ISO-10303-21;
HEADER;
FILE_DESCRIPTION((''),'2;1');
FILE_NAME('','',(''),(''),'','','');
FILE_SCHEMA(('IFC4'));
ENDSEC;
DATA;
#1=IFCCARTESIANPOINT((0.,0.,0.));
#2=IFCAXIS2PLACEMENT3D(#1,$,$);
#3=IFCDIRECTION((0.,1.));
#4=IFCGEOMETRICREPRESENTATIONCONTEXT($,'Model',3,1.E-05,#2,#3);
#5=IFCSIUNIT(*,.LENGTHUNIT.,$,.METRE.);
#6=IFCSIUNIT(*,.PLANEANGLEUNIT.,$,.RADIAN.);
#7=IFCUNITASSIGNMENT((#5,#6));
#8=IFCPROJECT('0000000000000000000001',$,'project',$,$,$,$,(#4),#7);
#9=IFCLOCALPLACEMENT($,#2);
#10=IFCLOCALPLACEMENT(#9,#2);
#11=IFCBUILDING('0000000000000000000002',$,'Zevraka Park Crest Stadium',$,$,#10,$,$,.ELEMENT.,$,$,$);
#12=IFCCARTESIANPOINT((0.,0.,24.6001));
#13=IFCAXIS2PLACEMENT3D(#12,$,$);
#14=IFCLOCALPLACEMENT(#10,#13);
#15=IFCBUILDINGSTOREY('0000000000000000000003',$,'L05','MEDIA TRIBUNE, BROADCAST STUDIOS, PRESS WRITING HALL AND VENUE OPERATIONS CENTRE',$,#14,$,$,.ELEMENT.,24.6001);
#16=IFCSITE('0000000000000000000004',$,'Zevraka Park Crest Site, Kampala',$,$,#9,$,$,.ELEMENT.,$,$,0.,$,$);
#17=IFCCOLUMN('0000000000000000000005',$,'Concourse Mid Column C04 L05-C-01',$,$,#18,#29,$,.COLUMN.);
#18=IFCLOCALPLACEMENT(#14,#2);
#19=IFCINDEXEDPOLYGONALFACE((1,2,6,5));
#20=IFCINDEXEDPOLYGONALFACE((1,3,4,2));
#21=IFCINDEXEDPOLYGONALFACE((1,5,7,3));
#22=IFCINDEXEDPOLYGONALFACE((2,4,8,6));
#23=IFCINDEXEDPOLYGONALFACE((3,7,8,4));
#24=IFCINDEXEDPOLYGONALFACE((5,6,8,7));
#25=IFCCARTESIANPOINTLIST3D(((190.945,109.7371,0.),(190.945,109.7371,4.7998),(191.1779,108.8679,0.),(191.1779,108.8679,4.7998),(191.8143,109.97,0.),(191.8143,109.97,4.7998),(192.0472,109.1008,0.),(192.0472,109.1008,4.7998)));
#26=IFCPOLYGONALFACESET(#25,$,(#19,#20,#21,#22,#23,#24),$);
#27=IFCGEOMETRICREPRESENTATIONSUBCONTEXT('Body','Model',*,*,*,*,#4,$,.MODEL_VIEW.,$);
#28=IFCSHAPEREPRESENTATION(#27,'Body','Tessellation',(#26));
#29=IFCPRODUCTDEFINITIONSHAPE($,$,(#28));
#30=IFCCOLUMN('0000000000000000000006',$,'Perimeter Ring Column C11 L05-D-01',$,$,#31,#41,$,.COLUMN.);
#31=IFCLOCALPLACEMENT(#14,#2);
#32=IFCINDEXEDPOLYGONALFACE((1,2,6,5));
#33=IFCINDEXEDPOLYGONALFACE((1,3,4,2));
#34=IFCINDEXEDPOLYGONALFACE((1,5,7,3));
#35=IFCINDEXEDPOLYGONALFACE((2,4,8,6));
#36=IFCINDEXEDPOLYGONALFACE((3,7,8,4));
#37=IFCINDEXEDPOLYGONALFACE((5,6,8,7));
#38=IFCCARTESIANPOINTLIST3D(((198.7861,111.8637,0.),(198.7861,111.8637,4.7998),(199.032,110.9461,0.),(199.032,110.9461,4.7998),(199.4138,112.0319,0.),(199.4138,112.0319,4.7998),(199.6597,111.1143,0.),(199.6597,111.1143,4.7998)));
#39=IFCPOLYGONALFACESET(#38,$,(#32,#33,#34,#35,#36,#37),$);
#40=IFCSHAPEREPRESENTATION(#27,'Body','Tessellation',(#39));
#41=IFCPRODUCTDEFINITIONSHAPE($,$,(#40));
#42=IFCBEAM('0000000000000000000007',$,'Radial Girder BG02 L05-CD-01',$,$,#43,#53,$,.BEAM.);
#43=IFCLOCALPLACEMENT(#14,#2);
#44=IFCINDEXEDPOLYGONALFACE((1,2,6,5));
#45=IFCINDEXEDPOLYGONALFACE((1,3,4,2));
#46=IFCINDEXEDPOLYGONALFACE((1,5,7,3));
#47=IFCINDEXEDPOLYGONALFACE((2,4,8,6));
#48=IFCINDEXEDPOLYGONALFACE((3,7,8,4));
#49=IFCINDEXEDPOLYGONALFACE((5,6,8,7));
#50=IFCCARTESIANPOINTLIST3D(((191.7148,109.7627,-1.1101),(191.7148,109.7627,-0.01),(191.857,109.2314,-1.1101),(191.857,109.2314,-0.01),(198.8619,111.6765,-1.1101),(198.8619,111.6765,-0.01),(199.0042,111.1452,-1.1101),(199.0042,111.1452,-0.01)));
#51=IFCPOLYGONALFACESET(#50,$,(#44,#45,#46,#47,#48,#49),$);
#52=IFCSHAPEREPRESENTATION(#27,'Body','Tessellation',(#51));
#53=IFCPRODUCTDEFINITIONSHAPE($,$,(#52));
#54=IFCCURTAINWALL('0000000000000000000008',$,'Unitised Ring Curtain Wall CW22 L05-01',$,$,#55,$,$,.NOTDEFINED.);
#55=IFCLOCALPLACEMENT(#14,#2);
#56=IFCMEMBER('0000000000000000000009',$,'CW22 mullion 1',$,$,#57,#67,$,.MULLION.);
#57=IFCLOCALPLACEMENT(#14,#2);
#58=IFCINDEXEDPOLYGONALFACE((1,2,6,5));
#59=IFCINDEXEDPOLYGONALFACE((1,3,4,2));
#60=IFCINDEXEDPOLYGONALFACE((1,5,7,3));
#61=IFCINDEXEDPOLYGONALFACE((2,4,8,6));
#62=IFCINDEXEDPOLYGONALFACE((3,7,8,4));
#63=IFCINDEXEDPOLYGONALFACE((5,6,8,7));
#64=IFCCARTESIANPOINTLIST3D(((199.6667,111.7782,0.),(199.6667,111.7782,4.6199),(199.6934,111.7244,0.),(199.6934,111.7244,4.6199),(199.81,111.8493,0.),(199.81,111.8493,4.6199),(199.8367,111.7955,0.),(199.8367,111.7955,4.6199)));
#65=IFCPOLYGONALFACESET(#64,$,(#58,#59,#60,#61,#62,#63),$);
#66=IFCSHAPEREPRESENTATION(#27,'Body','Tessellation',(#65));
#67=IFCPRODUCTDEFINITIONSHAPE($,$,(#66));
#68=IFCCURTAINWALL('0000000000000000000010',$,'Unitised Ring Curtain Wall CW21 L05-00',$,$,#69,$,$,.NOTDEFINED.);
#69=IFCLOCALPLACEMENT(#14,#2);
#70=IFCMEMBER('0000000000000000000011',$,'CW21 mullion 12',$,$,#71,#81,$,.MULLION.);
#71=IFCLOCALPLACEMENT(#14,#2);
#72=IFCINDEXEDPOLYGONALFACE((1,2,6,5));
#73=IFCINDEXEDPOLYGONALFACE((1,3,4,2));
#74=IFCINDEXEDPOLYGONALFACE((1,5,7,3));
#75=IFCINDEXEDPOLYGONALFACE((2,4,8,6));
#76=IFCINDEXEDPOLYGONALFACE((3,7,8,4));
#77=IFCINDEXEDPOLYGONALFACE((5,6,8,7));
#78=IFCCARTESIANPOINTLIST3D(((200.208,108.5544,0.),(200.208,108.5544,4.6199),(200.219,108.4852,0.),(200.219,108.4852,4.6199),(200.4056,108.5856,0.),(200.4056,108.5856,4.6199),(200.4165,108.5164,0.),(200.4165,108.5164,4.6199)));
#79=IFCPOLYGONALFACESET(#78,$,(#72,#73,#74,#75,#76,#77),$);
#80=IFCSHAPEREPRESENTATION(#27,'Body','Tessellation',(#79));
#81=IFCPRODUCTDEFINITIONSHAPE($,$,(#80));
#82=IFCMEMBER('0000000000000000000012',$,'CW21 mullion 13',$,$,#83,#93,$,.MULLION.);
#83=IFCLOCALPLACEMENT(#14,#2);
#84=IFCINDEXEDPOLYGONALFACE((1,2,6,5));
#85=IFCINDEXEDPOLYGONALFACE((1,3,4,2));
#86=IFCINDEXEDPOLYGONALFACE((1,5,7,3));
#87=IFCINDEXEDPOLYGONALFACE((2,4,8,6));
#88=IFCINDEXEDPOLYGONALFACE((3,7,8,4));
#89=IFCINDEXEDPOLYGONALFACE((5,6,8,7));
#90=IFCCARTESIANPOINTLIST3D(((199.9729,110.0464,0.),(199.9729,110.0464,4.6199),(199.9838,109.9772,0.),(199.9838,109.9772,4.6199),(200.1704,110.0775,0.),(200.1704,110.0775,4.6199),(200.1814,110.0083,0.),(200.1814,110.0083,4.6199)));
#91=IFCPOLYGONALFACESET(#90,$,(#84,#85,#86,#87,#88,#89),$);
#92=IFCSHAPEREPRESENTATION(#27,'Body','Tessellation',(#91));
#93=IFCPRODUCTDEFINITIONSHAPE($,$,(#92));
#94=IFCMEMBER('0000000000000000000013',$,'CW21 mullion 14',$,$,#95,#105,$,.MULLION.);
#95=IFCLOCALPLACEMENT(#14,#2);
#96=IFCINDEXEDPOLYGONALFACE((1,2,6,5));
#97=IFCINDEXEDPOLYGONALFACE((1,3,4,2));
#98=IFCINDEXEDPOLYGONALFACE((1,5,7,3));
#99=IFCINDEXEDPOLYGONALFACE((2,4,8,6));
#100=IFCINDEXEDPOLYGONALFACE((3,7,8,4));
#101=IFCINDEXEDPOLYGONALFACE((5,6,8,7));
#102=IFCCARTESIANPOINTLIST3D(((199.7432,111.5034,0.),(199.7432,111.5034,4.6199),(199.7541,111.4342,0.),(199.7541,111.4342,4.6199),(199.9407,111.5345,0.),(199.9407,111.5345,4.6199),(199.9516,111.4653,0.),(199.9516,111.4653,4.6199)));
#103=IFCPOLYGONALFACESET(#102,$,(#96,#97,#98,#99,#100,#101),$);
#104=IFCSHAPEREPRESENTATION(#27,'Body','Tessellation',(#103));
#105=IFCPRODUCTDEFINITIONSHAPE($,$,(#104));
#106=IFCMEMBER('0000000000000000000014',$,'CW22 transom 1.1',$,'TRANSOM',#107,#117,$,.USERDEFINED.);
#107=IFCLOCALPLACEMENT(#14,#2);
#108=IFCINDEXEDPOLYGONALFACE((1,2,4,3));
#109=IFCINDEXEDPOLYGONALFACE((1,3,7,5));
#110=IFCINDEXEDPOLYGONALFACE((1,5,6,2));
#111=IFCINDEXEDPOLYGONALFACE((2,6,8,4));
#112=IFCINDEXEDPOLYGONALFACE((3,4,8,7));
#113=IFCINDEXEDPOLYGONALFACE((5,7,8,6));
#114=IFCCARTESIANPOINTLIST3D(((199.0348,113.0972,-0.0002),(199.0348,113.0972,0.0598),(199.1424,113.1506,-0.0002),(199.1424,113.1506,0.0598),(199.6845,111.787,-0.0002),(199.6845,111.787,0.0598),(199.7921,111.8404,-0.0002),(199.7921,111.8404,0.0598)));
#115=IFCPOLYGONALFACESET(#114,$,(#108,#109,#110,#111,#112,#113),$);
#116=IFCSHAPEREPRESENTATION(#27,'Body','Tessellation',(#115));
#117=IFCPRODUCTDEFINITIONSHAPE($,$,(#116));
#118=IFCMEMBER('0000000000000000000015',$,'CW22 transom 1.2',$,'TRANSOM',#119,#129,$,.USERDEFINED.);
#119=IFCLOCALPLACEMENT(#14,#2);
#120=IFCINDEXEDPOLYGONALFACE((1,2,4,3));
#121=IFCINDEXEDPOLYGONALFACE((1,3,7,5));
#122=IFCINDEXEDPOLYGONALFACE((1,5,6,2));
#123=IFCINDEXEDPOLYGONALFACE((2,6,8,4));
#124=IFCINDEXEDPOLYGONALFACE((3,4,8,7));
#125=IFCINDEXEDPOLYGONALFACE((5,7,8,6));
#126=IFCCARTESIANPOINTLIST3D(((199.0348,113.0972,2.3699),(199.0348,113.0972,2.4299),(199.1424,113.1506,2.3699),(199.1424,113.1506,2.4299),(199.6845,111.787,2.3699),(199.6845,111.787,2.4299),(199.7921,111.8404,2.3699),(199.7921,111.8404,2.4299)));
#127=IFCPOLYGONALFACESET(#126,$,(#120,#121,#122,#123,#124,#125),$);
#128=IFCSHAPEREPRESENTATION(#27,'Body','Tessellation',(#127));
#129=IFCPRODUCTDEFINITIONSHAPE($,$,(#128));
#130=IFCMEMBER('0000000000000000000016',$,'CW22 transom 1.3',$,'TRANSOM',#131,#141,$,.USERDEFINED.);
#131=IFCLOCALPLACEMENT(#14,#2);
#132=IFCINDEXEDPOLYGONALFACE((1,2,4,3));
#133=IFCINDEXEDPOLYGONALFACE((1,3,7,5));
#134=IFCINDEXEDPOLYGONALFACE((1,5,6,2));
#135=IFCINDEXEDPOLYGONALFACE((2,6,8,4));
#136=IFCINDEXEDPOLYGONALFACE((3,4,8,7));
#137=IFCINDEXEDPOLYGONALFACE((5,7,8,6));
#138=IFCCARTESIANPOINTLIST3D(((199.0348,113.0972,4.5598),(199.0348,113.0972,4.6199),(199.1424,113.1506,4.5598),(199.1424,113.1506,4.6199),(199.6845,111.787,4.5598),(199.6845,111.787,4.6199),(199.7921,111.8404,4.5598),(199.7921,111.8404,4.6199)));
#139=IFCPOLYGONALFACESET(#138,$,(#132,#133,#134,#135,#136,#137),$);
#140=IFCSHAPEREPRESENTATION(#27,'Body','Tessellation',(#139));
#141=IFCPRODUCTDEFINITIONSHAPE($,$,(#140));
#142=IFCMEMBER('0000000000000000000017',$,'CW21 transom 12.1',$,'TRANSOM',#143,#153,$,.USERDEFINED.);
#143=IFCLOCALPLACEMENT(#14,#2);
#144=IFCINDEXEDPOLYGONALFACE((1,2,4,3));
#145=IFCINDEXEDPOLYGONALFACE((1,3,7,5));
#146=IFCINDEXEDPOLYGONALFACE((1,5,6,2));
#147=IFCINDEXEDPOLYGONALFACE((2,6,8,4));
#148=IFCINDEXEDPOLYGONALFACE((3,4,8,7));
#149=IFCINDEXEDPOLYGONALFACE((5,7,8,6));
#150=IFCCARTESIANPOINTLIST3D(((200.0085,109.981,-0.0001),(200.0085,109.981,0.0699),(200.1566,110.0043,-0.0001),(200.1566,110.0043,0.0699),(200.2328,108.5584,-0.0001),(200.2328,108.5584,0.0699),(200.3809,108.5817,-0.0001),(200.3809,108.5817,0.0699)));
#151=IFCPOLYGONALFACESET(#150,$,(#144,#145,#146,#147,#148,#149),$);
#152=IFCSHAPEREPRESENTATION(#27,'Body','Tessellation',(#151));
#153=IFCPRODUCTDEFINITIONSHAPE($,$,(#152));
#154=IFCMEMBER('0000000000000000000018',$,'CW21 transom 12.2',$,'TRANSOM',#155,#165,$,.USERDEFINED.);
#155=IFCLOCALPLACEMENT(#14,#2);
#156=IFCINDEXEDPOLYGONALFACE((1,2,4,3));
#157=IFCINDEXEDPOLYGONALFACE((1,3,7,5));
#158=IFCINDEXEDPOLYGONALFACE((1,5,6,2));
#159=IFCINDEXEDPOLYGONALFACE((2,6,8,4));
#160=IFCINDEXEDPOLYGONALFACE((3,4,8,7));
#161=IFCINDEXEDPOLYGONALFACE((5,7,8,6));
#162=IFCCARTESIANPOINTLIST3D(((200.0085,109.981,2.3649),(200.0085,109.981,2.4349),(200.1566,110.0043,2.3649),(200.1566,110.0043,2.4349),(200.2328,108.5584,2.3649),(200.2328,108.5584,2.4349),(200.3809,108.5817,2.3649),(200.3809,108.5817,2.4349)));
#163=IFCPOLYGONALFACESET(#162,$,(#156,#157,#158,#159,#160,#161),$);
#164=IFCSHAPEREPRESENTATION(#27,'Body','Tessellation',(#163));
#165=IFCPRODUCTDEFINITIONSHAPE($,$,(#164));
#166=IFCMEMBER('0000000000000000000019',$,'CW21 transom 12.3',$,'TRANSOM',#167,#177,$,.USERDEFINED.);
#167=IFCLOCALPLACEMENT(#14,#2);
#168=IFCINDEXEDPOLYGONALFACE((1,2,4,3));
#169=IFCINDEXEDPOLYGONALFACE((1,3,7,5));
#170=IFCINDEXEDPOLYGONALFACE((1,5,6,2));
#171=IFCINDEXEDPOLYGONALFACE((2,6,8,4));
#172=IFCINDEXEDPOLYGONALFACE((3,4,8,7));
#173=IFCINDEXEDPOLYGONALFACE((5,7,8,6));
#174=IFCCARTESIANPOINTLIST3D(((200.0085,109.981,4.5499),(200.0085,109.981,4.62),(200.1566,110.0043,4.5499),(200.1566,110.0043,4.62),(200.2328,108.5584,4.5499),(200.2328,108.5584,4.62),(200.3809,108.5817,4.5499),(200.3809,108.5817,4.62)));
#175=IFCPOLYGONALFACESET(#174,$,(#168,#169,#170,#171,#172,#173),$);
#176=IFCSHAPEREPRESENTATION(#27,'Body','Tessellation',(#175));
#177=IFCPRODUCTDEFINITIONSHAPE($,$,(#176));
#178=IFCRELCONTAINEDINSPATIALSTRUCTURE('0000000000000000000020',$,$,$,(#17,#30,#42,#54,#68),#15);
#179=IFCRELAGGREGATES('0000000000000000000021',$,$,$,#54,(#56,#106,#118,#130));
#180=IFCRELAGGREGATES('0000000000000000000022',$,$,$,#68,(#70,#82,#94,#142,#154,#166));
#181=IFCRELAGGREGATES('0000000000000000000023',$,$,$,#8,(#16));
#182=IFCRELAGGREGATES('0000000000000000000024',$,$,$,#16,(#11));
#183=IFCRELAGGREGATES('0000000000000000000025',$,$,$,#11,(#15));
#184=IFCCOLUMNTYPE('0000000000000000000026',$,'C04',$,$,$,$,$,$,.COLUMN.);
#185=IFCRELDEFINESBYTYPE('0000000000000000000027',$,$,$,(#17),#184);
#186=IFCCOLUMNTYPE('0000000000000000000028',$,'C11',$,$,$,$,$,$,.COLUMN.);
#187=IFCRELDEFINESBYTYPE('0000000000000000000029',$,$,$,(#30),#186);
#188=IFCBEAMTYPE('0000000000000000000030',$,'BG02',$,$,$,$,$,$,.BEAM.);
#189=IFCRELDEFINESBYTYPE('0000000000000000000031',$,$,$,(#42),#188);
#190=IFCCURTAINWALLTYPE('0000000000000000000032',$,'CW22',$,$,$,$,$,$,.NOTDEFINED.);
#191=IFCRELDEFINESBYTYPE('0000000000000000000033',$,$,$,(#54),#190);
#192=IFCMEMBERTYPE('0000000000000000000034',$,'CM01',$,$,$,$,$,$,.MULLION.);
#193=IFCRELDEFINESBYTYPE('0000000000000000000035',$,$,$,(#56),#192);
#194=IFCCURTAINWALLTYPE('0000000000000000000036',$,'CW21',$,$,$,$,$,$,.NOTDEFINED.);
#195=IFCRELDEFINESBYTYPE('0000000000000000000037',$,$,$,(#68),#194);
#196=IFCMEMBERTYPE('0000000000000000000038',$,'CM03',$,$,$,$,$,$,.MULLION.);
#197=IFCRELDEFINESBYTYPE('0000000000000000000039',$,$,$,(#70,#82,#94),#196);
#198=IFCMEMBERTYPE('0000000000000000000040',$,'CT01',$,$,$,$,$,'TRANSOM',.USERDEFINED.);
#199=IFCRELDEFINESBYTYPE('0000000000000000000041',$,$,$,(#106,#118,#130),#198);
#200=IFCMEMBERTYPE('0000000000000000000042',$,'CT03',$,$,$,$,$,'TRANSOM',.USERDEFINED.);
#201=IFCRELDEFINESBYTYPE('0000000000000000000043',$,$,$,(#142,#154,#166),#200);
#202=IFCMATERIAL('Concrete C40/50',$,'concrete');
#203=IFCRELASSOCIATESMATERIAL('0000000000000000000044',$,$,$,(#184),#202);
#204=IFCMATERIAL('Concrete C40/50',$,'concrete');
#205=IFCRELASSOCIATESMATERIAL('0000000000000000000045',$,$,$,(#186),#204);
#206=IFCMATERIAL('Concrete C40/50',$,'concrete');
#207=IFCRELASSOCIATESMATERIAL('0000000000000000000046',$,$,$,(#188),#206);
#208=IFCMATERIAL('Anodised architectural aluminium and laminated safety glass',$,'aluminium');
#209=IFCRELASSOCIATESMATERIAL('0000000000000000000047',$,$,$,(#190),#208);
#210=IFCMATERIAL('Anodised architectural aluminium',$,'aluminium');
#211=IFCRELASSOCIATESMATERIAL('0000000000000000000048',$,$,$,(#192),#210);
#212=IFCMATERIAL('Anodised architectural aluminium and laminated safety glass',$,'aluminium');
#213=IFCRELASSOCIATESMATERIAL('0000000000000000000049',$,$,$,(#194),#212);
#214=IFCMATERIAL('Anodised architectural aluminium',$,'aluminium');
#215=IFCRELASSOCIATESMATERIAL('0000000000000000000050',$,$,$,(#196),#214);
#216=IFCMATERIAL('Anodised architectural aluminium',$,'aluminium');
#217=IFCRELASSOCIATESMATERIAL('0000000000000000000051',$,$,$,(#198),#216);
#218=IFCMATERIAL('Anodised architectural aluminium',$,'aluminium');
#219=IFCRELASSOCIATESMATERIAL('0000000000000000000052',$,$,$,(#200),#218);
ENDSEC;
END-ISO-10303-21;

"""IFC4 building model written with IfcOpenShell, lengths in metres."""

from ifc_helpers import new_model, si_unit, direction, frame, origin, origin_2d, place, context, subcontext, project, spatial, rectangle, extrude, material, material_profile, profile_set, type_object, element, aggregate, save


model = new_model("IFC4")

# Units and contexts
model_context = context("Model", 3, precision=1e-05, world=origin(), true_north=direction((0.0, 1.0)))
body_context = subcontext(model_context, "Body", "Model", "MODEL_VIEW")
ifc_project = project(units=[si_unit("LENGTHUNIT", "METRE"), si_unit("PLANEANGLEUNIT", "RADIAN")], contexts=[model_context])

# Site, building, storey
site_placement = place(None, origin())
site = spatial("IfcSite", under=ifc_project, at=site_placement, Name="Zevraka Park Crest Site, Kampala", CompositionType="ELEMENT", RefElevation=0.0)
building_placement = place(site_placement, origin())
building = spatial("IfcBuilding", under=site, at=building_placement, Name="Zevraka Park Crest Stadium", CompositionType="ELEMENT")
storey_placement = place(building_placement, frame((0.0, 0.0, 24.6001)))
storey = spatial("IfcBuildingStorey", under=building, at=storey_placement, Name="L05", Description="MEDIA TRIBUNE, BROADCAST STUDIOS, PRESS WRITING HALL AND VENUE OPERATIONS CENTRE", CompositionType="ELEMENT", Elevation=24.6001)

# Columns
ifc_material_1 = material(Name="Concrete C40/50", Category="concrete")
ifc_material_profile_1 = material_profile(ifc_material_1, rectangle(XDim=0.8999, YDim=0.8999, at=origin_2d()), Name="RC 900x900")
ifc_profile_set_1 = profile_set([ifc_material_profile_1], Name="Concrete C40/50")
column_type_1 = type_object("IfcColumnType", Name="C04", PredefinedType="COLUMN", material=ifc_profile_set_1)
column_1_placement = place(storey_placement, frame((191.4961, 109.4189, 0.0), z_axis=(0.0, 0.0, 1.0), x_axis=(0.965926, 0.258819, 0.0)))
element("IfcColumn", 1, at=column_1_placement, inside=storey, type_object=column_type_1, Name="Concourse Mid Column C04 L05-C-01", PredefinedType="COLUMN", context=body_context, shape_type="SweptSolid", body=[
    extrude(rectangle(XDim=0.8999, YDim=0.8999, at=origin_2d()), origin(), (0.0, 0.0, 1.0), 4.7998),
])
ifc_material_2 = material(Name="Concrete C40/50", Category="concrete")
ifc_material_profile_2 = material_profile(ifc_material_2, rectangle(XDim=0.6499, YDim=0.95, at=origin_2d()), Name="RC 950x650")
ifc_profile_set_2 = profile_set([ifc_material_profile_2], Name="Concrete C40/50")
column_type_2 = type_object("IfcColumnType", Name="C11", PredefinedType="COLUMN", material=ifc_profile_set_2)
column_2_placement = place(storey_placement, frame((199.2229, 111.489, 0.0), z_axis=(0.0, 0.0, 1.0), x_axis=(0.965926, 0.258819, 0.0)))
element("IfcColumn", 2, at=column_2_placement, inside=storey, type_object=column_type_2, Name="Perimeter Ring Column C11 L05-D-01", PredefinedType="COLUMN", context=body_context, shape_type="SweptSolid", body=[
    extrude(rectangle(XDim=0.6499, YDim=0.95, at=origin_2d()), origin(), (0.0, 0.0, 1.0), 4.7998),
])

# Beam
ifc_material_3 = material(Name="Concrete C40/50", Category="concrete")
ifc_material_profile_3 = material_profile(ifc_material_3, rectangle(XDim=0.55, YDim=1.1001, at=origin_2d()), Name="RC 1100x550")
ifc_profile_set_3 = profile_set([ifc_material_profile_3], Name="Concrete C40/50")
beam_type_1 = type_object("IfcBeamType", Name="BG02", PredefinedType="BEAM", material=ifc_profile_set_3)
beam_1_placement = place(storey_placement, frame((191.7859, 109.4971, -0.5601), z_axis=(0.965969, 0.258659, 0.0), x_axis=(-0.258659, 0.965969, 0.0)))
element("IfcBeam", 3, at=beam_1_placement, inside=storey, type_object=beam_type_1, Name="Radial Girder BG02 L05-CD-01", PredefinedType="BEAM", context=body_context, shape_type="SweptSolid", body=[
    extrude(rectangle(XDim=0.55, YDim=1.1001, at=origin_2d()), origin(), (0.0, 0.0, 1.0), 7.3989),
])

# Curtain wall, member
ifc_material_4 = material(Name="Anodised architectural aluminium and laminated safety glass", Category="aluminium")
curtain_wall_type_1 = type_object("IfcCurtainWallType", Name="CW22", PredefinedType="NOTDEFINED", material=ifc_material_4)
curtain_wall_1_placement = place(storey_placement, origin())
curtain_wall_1 = element("IfcCurtainWall", 4, at=curtain_wall_1_placement, inside=storey, type_object=curtain_wall_type_1, Name="Unitised Ring Curtain Wall CW22 L05-01", PredefinedType="NOTDEFINED")
ifc_material_5 = material(Name="Anodised architectural aluminium", Category="aluminium")
ifc_material_profile_4 = material_profile(ifc_material_5, rectangle(XDim=0.1599, YDim=0.0601, at=origin_2d()), Name="ALU MULLION 160x60")
ifc_profile_set_4 = profile_set([ifc_material_profile_4], Name="Anodised architectural aluminium")
member_type_1 = type_object("IfcMemberType", Name="CM01", PredefinedType="MULLION", material=ifc_profile_set_4)
member_1_placement = place(storey_placement, frame((199.7517, 111.7869, 0.0), z_axis=(0.0, 0.0, 1.0), x_axis=(-0.895879, -0.444297, 0.0)))
member_1 = element("IfcMember", 5, at=member_1_placement, type_object=member_type_1, Name="CW22 mullion 1", PredefinedType="MULLION", context=body_context, shape_type="SweptSolid", body=[
    extrude(rectangle(XDim=0.1599, YDim=0.0601, at=origin_2d()), origin(), (0.0, 0.0, 1.0), 4.6199),
])

# Curtain wall, members
ifc_material_6 = material(Name="Anodised architectural aluminium and laminated safety glass", Category="aluminium")
curtain_wall_type_2 = type_object("IfcCurtainWallType", Name="CW21", PredefinedType="NOTDEFINED", material=ifc_material_6)
curtain_wall_2_placement = place(storey_placement, origin())
curtain_wall_2 = element("IfcCurtainWall", 6, at=curtain_wall_2_placement, inside=storey, type_object=curtain_wall_type_2, Name="Unitised Ring Curtain Wall CW21 L05-00", PredefinedType="NOTDEFINED")
ifc_material_7 = material(Name="Anodised architectural aluminium", Category="aluminium")
ifc_material_profile_5 = material_profile(ifc_material_7, rectangle(XDim=0.2, YDim=0.0701, at=origin_2d()), Name="ALU MULLION 200x70")
ifc_profile_set_5 = profile_set([ifc_material_profile_5], Name="Anodised architectural aluminium")
member_type_2 = type_object("IfcMemberType", Name="CM03", PredefinedType="MULLION", material=ifc_profile_set_5)
member_2_placement = place(storey_placement, frame((200.3123, 108.5354, 0.0), z_axis=(0.0, 0.0, 1.0), x_axis=(-0.987803, -0.155711, 0.0)))
member_2 = element("IfcMember", 7, at=member_2_placement, type_object=member_type_2, Name="CW21 mullion 12", PredefinedType="MULLION", context=body_context, shape_type="SweptSolid", body=[
    extrude(rectangle(XDim=0.2, YDim=0.0701, at=origin_2d()), origin(), (0.0, 0.0, 1.0), 4.6199),
])
member_3_placement = place(storey_placement, frame((200.0771, 110.0273, 0.0), z_axis=(0.0, 0.0, 1.0), x_axis=(-0.987803, -0.155711, 0.0)))
member_3 = element("IfcMember", 8, at=member_3_placement, type_object=member_type_2, Name="CW21 mullion 13", PredefinedType="MULLION", context=body_context, shape_type="SweptSolid", body=[
    extrude(rectangle(XDim=0.2, YDim=0.0701, at=origin_2d()), origin(), (0.0, 0.0, 1.0), 4.6199),
])
member_4_placement = place(storey_placement, frame((199.8474, 111.4844, 0.0), z_axis=(0.0, 0.0, 1.0), x_axis=(-0.987803, -0.155711, 0.0)))
member_4 = element("IfcMember", 9, at=member_4_placement, type_object=member_type_2, Name="CW21 mullion 14", PredefinedType="MULLION", context=body_context, shape_type="SweptSolid", body=[
    extrude(rectangle(XDim=0.2, YDim=0.0701, at=origin_2d()), origin(), (0.0, 0.0, 1.0), 4.6199),
])

# Members
ifc_material_8 = material(Name="Anodised architectural aluminium", Category="aluminium")
ifc_material_profile_6 = material_profile(ifc_material_8, rectangle(XDim=0.1201, YDim=0.0601, at=origin_2d()), Name="ALU TRANSOM 120x60")
ifc_profile_set_6 = profile_set([ifc_material_profile_6], Name="Anodised architectural aluminium")
member_type_3 = type_object("IfcMemberType", Name="CT01", ElementType="TRANSOM", PredefinedType="USERDEFINED", material=ifc_profile_set_6)
member_5_placement = place(storey_placement, frame((199.7383, 111.8137, 0.0298), z_axis=(-0.444273, 0.895892, 0.0), x_axis=(-0.895892, -0.444273, 0.0)))
member_5 = element("IfcMember", 10, at=member_5_placement, type_object=member_type_3, Name="CW22 transom 1.1", ObjectType="TRANSOM", PredefinedType="USERDEFINED", context=body_context, shape_type="SweptSolid", body=[
    extrude(rectangle(XDim=0.1201, YDim=0.0601, at=origin_2d()), origin(), (0.0, 0.0, 1.0), 1.4624),
])
member_6_placement = place(storey_placement, frame((199.7383, 111.8137, 2.3999), z_axis=(-0.444273, 0.895892, 0.0), x_axis=(-0.895892, -0.444273, 0.0)))
member_6 = element("IfcMember", 11, at=member_6_placement, type_object=member_type_3, Name="CW22 transom 1.2", ObjectType="TRANSOM", PredefinedType="USERDEFINED", context=body_context, shape_type="SweptSolid", body=[
    extrude(rectangle(XDim=0.1201, YDim=0.0601, at=origin_2d()), origin(), (0.0, 0.0, 1.0), 1.4624),
])
member_7_placement = place(storey_placement, frame((199.7383, 111.8137, 4.5898), z_axis=(-0.444273, 0.895892, 0.0), x_axis=(-0.895892, -0.444273, 0.0)))
member_7 = element("IfcMember", 12, at=member_7_placement, type_object=member_type_3, Name="CW22 transom 1.3", ObjectType="TRANSOM", PredefinedType="USERDEFINED", context=body_context, shape_type="SweptSolid", body=[
    extrude(rectangle(XDim=0.1201, YDim=0.0601, at=origin_2d()), origin(), (0.0, 0.0, 1.0), 1.4624),
])
aggregate(curtain_wall_1, [member_1, member_5, member_6, member_7])
ifc_material_9 = material(Name="Anodised architectural aluminium", Category="aluminium")
ifc_material_profile_7 = material_profile(ifc_material_9, rectangle(XDim=0.1499, YDim=0.0701, at=origin_2d()), Name="ALU TRANSOM 150x70")
ifc_profile_set_7 = profile_set([ifc_material_profile_7], Name="Anodised architectural aluminium")
member_type_4 = type_object("IfcMemberType", Name="CT03", ElementType="TRANSOM", PredefinedType="USERDEFINED", material=ifc_profile_set_7)
member_8_placement = place(storey_placement, frame((200.3069, 108.5701, 0.0349), z_axis=(-0.155788, 0.98779, 0.0), x_axis=(-0.98779, -0.155788, 0.0)))
member_8 = element("IfcMember", 13, at=member_8_placement, type_object=member_type_4, Name="CW21 transom 12.1", ObjectType="TRANSOM", PredefinedType="USERDEFINED", context=body_context, shape_type="SweptSolid", body=[
    extrude(rectangle(XDim=0.1499, YDim=0.0701, at=origin_2d()), origin(), (0.0, 0.0, 1.0), 1.4402),
])
member_9_placement = place(storey_placement, frame((200.3069, 108.5701, 2.3999), z_axis=(-0.155788, 0.98779, 0.0), x_axis=(-0.98779, -0.155788, 0.0)))
member_9 = element("IfcMember", 14, at=member_9_placement, type_object=member_type_4, Name="CW21 transom 12.2", ObjectType="TRANSOM", PredefinedType="USERDEFINED", context=body_context, shape_type="SweptSolid", body=[
    extrude(rectangle(XDim=0.1499, YDim=0.0701, at=origin_2d()), origin(), (0.0, 0.0, 1.0), 1.4402),
])
member_10_placement = place(storey_placement, frame((200.3069, 108.5701, 4.585), z_axis=(-0.155788, 0.98779, 0.0), x_axis=(-0.98779, -0.155788, 0.0)))
member_10 = element("IfcMember", 15, at=member_10_placement, type_object=member_type_4, Name="CW21 transom 12.3", ObjectType="TRANSOM", PredefinedType="USERDEFINED", context=body_context, shape_type="SweptSolid", body=[
    extrude(rectangle(XDim=0.1499, YDim=0.0701, at=origin_2d()), origin(), (0.0, 0.0, 1.0), 1.4402),
])

aggregate(curtain_wall_2, [member_2, member_3, member_4, member_8, member_9, member_10])

save(model, "model.ifc")
